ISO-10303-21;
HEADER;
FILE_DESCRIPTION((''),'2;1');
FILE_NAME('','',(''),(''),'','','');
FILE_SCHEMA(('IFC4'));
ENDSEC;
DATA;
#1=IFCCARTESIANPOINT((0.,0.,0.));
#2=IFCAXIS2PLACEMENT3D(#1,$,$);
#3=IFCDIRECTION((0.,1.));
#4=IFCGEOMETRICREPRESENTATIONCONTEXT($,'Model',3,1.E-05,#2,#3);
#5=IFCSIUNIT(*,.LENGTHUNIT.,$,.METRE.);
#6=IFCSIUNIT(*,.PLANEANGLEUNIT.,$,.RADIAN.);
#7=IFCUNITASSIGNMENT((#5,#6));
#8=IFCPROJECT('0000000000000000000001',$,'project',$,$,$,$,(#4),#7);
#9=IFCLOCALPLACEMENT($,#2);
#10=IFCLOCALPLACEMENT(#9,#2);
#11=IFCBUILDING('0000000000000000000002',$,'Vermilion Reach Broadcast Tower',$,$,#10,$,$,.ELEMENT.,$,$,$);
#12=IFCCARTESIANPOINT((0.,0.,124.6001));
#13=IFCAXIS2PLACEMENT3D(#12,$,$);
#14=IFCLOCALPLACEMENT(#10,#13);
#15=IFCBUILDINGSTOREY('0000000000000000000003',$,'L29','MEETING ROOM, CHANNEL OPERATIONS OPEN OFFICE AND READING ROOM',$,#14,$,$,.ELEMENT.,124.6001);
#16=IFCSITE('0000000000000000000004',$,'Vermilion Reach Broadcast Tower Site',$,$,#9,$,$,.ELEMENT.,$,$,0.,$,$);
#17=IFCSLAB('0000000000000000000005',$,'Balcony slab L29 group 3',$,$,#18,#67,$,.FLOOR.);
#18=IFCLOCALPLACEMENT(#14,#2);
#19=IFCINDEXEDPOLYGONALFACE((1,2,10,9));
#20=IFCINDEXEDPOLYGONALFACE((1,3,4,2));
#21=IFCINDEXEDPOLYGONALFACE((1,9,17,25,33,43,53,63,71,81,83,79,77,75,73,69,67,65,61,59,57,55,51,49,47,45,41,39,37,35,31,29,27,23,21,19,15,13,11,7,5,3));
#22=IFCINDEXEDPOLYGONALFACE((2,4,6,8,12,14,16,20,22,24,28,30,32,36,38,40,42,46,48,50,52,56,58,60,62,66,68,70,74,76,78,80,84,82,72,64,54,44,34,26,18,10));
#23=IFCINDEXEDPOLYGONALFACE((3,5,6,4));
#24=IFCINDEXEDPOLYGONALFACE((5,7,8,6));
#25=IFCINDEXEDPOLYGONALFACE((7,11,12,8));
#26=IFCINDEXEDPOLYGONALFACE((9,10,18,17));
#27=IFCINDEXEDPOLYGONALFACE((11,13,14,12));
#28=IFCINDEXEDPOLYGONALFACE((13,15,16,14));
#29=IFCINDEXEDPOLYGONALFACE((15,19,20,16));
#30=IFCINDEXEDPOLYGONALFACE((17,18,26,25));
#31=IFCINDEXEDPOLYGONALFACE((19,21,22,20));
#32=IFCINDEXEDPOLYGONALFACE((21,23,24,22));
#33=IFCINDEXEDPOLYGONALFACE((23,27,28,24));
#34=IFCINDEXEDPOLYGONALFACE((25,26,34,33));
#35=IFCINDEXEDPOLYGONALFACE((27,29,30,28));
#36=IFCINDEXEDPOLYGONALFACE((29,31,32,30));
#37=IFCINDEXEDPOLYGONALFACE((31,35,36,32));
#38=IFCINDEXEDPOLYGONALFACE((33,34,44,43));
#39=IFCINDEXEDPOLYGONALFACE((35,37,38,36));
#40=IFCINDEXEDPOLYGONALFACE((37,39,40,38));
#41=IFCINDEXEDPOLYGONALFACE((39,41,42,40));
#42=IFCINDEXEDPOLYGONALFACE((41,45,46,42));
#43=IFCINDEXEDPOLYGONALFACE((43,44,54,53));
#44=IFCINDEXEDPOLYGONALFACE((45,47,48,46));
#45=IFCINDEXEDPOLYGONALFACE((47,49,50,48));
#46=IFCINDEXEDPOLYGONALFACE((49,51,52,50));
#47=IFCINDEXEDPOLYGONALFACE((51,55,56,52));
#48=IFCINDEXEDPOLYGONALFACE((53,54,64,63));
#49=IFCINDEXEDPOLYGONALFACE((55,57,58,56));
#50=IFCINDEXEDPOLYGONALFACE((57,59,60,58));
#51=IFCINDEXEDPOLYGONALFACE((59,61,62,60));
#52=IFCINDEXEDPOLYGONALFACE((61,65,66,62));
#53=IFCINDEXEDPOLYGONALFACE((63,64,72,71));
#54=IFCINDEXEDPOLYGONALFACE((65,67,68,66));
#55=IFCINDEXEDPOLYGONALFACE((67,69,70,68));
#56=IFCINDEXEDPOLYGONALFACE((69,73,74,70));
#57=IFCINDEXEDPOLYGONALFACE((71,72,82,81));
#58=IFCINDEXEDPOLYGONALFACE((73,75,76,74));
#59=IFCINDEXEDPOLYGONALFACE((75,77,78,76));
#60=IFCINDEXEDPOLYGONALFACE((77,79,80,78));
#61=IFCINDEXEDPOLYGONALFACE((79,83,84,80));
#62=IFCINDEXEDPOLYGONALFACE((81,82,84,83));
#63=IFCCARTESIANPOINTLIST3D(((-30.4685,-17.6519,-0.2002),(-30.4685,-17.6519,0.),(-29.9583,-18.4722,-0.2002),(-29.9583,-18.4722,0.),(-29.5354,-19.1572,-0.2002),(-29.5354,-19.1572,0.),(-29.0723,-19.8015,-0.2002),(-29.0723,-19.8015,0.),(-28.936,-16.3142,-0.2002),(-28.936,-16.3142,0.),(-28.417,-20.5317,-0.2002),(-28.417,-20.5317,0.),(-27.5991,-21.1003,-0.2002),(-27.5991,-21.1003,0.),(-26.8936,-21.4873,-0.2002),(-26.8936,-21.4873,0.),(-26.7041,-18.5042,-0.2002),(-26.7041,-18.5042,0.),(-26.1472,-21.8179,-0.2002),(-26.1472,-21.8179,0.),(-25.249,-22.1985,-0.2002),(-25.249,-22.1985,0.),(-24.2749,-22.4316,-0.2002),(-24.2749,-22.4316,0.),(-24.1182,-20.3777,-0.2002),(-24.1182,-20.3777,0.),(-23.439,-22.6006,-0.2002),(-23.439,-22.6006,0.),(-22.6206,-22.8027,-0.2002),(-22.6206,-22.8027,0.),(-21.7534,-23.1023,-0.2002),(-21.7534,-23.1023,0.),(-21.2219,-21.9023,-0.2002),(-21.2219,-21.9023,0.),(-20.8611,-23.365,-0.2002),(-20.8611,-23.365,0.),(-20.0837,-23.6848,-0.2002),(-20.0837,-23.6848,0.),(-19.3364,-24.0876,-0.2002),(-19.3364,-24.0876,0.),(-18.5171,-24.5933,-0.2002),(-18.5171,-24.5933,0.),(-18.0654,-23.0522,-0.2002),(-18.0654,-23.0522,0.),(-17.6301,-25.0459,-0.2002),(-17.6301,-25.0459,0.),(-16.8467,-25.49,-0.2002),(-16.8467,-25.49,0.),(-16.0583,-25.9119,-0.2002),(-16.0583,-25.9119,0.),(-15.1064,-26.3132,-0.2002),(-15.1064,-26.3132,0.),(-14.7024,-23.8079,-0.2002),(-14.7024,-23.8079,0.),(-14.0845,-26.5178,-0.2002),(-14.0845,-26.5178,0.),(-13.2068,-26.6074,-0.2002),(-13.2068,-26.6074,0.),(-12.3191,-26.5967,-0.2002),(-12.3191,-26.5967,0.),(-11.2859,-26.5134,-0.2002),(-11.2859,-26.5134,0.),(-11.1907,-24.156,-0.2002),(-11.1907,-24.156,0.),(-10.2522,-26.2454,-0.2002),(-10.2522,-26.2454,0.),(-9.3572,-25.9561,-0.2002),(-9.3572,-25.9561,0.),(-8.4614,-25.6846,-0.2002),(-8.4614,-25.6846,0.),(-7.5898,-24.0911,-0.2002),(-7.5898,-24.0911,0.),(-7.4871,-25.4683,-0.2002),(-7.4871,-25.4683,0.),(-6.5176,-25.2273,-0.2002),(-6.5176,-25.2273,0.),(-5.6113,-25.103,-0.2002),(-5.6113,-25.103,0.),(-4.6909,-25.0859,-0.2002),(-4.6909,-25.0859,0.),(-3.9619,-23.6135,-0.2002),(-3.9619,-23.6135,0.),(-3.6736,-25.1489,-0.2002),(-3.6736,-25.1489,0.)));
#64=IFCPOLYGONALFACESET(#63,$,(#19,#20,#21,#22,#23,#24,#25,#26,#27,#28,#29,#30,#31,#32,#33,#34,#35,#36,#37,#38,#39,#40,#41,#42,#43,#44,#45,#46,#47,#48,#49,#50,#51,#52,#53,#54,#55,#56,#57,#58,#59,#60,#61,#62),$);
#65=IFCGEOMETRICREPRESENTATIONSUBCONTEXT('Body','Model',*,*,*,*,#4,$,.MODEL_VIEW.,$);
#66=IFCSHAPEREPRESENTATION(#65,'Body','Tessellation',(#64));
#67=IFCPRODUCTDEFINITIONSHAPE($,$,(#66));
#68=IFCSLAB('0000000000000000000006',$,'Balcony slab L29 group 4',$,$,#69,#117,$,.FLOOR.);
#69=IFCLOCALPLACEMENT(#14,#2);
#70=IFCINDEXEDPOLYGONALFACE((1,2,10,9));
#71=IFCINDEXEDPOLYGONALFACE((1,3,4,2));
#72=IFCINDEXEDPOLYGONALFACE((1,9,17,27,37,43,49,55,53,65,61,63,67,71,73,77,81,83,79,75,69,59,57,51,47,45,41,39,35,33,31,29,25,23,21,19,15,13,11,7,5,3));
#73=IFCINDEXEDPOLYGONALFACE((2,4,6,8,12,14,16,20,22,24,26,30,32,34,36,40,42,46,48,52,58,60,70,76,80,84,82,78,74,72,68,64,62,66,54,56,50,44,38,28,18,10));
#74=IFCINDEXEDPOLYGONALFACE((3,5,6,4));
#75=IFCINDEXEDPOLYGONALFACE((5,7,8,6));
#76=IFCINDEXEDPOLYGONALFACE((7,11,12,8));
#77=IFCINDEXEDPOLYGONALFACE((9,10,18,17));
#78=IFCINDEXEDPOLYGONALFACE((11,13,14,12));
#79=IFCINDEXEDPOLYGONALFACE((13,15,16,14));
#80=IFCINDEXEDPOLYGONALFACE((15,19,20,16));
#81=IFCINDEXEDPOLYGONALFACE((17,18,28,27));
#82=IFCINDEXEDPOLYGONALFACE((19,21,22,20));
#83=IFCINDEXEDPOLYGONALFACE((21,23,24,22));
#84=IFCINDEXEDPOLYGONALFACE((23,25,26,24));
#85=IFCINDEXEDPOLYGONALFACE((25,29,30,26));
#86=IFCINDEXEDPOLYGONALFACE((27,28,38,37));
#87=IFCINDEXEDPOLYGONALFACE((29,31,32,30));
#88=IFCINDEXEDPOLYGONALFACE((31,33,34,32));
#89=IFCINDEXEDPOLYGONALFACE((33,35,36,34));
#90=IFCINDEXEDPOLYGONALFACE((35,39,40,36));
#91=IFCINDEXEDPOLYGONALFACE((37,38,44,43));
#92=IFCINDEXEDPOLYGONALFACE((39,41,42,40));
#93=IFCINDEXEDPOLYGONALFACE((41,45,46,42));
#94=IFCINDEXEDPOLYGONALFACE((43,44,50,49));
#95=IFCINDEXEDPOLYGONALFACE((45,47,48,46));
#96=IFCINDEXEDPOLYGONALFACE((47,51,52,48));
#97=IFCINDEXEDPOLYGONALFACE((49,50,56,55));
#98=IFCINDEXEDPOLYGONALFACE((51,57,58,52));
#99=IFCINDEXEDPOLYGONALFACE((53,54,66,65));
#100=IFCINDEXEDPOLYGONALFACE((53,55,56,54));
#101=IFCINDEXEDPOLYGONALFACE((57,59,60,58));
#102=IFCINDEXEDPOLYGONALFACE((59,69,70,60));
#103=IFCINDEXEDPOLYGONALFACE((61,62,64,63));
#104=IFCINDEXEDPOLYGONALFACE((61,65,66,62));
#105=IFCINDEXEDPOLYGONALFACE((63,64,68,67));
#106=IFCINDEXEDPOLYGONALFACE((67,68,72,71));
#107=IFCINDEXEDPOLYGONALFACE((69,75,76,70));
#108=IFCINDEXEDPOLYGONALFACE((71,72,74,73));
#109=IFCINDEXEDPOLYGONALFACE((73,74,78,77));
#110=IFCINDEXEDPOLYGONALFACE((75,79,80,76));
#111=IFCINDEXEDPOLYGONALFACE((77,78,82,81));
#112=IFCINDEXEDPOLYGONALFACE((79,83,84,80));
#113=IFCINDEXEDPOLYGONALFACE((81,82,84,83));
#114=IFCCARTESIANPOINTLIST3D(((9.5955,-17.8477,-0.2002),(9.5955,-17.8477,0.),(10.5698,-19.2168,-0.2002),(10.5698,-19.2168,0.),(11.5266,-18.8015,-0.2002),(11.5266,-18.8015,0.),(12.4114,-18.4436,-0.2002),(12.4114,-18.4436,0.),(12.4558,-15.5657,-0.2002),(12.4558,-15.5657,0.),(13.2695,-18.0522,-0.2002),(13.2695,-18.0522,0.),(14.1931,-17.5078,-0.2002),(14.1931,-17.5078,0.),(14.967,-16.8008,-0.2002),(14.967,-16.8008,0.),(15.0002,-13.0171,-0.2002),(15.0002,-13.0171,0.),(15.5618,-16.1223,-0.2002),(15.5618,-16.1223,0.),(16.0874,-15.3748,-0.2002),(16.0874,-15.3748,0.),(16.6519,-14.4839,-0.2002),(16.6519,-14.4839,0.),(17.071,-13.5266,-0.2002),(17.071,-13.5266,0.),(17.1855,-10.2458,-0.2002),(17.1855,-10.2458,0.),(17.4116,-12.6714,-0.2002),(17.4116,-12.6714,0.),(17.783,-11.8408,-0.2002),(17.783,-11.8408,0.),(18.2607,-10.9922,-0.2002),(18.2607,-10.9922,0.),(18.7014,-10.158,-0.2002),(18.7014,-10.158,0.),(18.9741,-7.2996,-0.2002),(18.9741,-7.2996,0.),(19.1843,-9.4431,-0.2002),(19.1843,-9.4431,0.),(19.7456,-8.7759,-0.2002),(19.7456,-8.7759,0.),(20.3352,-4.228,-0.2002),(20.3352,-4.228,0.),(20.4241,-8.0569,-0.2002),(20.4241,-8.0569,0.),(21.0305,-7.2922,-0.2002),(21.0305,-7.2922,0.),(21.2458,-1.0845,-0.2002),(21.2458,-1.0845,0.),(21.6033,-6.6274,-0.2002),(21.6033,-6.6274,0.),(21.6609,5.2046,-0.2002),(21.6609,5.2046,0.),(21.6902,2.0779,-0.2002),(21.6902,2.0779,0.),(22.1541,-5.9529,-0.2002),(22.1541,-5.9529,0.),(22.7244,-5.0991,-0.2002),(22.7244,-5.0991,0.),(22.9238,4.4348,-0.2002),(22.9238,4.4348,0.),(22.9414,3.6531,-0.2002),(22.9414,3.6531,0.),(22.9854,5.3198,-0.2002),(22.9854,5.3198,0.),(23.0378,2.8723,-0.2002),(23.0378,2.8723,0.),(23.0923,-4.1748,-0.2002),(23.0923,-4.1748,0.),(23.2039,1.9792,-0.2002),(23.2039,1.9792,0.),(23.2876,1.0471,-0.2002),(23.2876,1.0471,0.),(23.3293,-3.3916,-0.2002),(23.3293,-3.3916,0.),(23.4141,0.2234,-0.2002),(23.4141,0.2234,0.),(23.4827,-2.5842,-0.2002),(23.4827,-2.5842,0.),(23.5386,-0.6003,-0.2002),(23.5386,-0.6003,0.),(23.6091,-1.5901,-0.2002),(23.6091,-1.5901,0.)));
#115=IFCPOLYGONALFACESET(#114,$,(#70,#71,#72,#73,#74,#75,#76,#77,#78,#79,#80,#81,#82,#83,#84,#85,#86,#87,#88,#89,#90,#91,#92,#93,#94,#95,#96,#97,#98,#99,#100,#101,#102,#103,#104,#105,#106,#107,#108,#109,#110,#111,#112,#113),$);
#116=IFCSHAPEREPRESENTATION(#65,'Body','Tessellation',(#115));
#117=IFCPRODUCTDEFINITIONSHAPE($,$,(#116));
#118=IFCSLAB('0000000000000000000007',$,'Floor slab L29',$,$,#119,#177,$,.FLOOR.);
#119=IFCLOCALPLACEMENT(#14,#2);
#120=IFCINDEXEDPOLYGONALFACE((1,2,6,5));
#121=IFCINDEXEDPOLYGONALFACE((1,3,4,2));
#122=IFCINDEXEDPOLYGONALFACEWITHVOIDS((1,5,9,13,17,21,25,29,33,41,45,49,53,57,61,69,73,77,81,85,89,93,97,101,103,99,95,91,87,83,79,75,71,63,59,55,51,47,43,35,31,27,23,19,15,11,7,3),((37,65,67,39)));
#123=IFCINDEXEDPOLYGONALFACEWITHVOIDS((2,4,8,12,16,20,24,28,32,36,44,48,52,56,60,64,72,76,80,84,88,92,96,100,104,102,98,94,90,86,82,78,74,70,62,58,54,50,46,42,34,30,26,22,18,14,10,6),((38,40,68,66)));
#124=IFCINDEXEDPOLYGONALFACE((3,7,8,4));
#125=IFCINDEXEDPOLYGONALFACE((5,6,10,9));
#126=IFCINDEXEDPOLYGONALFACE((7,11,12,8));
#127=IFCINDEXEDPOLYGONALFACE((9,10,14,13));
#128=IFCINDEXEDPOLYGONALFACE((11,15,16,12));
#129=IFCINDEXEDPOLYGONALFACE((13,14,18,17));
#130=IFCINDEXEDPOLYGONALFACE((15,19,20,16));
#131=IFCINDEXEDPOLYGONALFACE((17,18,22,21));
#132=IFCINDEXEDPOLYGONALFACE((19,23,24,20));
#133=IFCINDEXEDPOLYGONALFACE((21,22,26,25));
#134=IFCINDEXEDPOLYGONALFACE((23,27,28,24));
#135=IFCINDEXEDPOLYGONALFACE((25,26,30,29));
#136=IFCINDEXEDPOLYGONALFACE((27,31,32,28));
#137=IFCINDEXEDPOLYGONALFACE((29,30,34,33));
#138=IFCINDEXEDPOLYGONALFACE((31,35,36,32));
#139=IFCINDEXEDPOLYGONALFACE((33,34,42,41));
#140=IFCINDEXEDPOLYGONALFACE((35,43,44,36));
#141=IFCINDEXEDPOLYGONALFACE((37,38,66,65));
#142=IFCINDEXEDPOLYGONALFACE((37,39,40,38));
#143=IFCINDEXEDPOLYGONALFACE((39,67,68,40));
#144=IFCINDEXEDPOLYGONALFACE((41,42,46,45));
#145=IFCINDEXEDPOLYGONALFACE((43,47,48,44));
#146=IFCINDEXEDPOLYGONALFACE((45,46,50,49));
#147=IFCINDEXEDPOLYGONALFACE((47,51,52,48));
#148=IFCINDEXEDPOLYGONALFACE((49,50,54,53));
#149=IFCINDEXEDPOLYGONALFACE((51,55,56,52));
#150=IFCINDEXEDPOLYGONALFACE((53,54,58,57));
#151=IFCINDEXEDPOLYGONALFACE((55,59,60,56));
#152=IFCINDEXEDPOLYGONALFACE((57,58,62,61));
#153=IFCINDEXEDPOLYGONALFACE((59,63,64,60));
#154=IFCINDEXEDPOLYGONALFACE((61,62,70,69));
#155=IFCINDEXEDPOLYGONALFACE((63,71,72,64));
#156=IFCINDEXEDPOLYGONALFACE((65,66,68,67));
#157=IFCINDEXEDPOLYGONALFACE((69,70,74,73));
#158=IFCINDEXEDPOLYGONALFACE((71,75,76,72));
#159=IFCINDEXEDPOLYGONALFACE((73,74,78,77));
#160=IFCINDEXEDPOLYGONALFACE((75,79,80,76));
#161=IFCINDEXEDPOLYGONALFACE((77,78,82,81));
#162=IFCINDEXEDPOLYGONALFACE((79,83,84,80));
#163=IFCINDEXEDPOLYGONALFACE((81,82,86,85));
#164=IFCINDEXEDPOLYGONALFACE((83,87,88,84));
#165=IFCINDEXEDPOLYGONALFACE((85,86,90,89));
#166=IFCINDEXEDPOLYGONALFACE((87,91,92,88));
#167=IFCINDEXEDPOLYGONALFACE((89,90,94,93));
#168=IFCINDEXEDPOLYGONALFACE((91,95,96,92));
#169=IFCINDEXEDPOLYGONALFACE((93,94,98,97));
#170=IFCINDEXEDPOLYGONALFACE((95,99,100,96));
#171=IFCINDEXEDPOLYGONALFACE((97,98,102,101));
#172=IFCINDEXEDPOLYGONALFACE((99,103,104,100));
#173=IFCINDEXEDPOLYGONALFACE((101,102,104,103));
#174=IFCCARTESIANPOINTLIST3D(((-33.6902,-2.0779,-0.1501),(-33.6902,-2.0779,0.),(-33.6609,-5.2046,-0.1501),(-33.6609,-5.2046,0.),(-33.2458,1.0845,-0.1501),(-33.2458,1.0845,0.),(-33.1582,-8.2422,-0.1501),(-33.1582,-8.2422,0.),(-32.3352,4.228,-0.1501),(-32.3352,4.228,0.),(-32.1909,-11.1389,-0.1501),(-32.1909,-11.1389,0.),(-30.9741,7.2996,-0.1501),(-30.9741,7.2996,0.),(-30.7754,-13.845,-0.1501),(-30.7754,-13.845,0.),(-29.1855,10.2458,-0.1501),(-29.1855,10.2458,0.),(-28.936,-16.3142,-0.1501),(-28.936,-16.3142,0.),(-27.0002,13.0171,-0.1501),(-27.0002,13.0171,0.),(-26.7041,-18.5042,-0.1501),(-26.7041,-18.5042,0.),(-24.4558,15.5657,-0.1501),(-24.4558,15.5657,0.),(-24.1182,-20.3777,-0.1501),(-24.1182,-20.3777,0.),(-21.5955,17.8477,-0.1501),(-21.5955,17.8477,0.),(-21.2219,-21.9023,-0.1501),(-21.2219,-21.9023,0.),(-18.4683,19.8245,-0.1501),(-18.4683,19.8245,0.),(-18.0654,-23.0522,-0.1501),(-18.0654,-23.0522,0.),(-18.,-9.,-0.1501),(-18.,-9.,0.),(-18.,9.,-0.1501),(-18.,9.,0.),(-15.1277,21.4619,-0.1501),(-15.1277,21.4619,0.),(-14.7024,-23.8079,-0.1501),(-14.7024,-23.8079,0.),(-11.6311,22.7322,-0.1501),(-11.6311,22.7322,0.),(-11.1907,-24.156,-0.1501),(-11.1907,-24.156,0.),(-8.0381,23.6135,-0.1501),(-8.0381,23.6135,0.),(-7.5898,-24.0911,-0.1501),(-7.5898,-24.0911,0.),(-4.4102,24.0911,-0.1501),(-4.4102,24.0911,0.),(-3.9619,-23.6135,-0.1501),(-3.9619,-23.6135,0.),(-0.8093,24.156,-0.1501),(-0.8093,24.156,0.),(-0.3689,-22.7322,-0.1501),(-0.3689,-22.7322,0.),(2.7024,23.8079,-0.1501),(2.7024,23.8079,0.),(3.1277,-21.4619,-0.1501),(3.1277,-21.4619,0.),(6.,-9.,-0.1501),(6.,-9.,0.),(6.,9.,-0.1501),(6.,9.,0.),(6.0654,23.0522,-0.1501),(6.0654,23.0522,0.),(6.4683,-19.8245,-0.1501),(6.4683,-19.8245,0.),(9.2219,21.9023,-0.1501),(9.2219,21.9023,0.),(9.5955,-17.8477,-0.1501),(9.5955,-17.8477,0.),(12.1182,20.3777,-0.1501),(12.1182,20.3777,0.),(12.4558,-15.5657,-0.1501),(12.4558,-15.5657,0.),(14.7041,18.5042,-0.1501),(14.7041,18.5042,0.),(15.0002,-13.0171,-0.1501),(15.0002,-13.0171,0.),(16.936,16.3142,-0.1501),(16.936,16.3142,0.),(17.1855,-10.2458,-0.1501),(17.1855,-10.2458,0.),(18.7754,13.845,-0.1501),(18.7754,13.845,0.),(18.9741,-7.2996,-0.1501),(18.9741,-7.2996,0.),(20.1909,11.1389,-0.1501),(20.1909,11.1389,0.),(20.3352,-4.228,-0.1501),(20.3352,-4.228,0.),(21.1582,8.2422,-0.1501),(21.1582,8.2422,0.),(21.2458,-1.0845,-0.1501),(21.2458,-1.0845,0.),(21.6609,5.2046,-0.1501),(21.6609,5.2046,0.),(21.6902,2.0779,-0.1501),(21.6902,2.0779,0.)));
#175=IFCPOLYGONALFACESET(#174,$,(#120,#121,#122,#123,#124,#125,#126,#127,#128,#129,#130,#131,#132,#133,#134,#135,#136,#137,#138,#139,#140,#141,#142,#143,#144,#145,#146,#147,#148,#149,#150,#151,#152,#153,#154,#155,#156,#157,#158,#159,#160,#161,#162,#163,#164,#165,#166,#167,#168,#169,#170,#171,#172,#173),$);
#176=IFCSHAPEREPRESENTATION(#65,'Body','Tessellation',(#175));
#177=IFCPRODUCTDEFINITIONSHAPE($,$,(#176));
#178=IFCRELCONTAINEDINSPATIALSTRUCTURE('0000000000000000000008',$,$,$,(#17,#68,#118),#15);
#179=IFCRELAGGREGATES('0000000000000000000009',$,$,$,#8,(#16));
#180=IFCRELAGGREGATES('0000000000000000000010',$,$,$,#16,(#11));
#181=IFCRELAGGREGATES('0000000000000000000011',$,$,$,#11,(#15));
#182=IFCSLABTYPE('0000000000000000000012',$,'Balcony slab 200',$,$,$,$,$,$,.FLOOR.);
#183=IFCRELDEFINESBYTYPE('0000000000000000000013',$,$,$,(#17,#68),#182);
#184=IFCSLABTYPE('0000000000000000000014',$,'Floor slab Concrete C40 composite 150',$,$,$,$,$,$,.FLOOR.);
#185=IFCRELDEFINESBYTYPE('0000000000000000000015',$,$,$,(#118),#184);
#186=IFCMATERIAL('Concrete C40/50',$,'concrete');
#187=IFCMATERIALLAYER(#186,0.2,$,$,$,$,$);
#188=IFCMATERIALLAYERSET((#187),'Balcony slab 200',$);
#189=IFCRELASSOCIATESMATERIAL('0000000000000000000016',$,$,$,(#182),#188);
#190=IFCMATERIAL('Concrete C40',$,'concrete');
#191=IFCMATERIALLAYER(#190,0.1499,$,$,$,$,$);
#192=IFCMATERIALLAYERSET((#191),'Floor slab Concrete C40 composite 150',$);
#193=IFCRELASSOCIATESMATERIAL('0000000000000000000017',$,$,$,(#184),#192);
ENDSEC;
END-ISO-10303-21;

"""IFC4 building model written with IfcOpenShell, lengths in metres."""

from ifc_helpers import new_model, si_unit, direction, frame, origin, place, context, subcontext, project, spatial, polyline, outline, extrude, material, layer, layer_set, type_object, element, save


model = new_model("IFC4")

# Units and contexts
model_context = context("Model", 3, precision=1e-05, world=origin(), true_north=direction((0.0, 1.0)))
body_context = subcontext(model_context, "Body", "Model", "MODEL_VIEW")
ifc_project = project(units=[si_unit("LENGTHUNIT", "METRE"), si_unit("PLANEANGLEUNIT", "RADIAN")], contexts=[model_context])

# Site, building, storey
site_placement = place(None, origin())
site = spatial("IfcSite", under=ifc_project, at=site_placement, Name="Vermilion Reach Broadcast Tower Site", CompositionType="ELEMENT", RefElevation=0.0)
building_placement = place(site_placement, origin())
building = spatial("IfcBuilding", under=site, at=building_placement, Name="Vermilion Reach Broadcast Tower", CompositionType="ELEMENT")
storey_placement = place(building_placement, frame((0.0, 0.0, 124.6001)))
storey = spatial("IfcBuildingStorey", under=building, at=storey_placement, Name="L29", Description="MEETING ROOM, CHANNEL OPERATIONS OPEN OFFICE AND READING ROOM", CompositionType="ELEMENT", Elevation=124.6001)

# Slabs
ifc_material_1 = material(Name="Concrete C40/50", Category="concrete")
ifc_layer_1 = layer(ifc_material_1, 0.2)
ifc_layer_set_1 = layer_set([ifc_layer_1], Name="Balcony slab 200")
slab_type_1 = type_object("IfcSlabType", Name="Balcony slab 200", PredefinedType="FLOOR", material=ifc_layer_set_1)
placement_1 = place(storey_placement, frame((0.0, 0.0, -0.2002)))
element("IfcSlab", 1, at=placement_1, inside=storey, type_object=slab_type_1, Name="Balcony slab L29 group 3", PredefinedType="FLOOR", context=body_context, shape_type="SweptSolid", body=[
    extrude(outline(polyline([(-28.936, -16.3142), (-26.7041, -18.5042), (-24.1182, -20.3777), (-21.2219, -21.9023), (-18.0654, -23.0522), (-14.7024, -23.8079), (-11.1907, -24.156), (-7.5898, -24.0911), (-3.9619, -23.6135), (-3.6736, -25.1489), (-4.6909, -25.0859), (-5.6113, -25.103), (-6.5176, -25.2273), (-7.4871, -25.4683), (-8.4614, -25.6846), (-9.3572, -25.9561), (-10.2522, -26.2454), (-11.2859, -26.5134), (-12.3191, -26.5967), (-13.2068, -26.6074), (-14.0845, -26.5178), (-15.1064, -26.3132), (-16.0583, -25.9119), (-16.8467, -25.49), (-17.6301, -25.0459), (-18.5171, -24.5933), (-19.3364, -24.0876), (-20.0837, -23.6848), (-20.8611, -23.365), (-21.7534, -23.1023), (-22.6206, -22.8027), (-23.439, -22.6006), (-24.2749, -22.4316), (-25.249, -22.1985), (-26.1472, -21.8179), (-26.8936, -21.4873), (-27.5991, -21.1003), (-28.417, -20.5317), (-29.0723, -19.8015), (-29.5354, -19.1572), (-29.9583, -18.4722), (-30.4685, -17.6519), (-28.936, -16.3142)])), origin(), (0.0, 0.0, 1.0), 0.2002),
])
element("IfcSlab", 2, at=placement_1, inside=storey, type_object=slab_type_1, Name="Balcony slab L29 group 4", PredefinedType="FLOOR", context=body_context, shape_type="SweptSolid", body=[
    extrude(outline(polyline([(9.5955, -17.8477), (12.4558, -15.5657), (15.0002, -13.0171), (17.1855, -10.2458), (18.9741, -7.2996), (20.3352, -4.228), (21.2458, -1.0845), (21.6902, 2.0779), (21.6609, 5.2046), (22.9854, 5.3198), (22.9238, 4.4348), (22.9414, 3.6531), (23.0378, 2.8723), (23.2039, 1.9792), (23.2876, 1.0471), (23.4141, 0.2234), (23.5386, -0.6003), (23.6091, -1.5901), (23.4827, -2.5842), (23.3293, -3.3916), (23.0923, -4.1748), (22.7244, -5.0991), (22.1541, -5.9529), (21.6033, -6.6274), (21.0305, -7.2922), (20.4241, -8.0569), (19.7456, -8.7759), (19.1843, -9.4431), (18.7014, -10.158), (18.2607, -10.9922), (17.783, -11.8408), (17.4116, -12.6714), (17.071, -13.5266), (16.6519, -14.4839), (16.0874, -15.3748), (15.5618, -16.1223), (14.967, -16.8008), (14.1931, -17.5078), (13.2695, -18.0522), (12.4114, -18.4436), (11.5266, -18.8015), (10.5698, -19.2168), (9.5955, -17.8477)])), origin(), (0.0, 0.0, 1.0), 0.2002),
])
ifc_material_2 = material(Name="Concrete C40", Category="concrete")
ifc_layer_2 = layer(ifc_material_2, 0.1499)
ifc_layer_set_2 = layer_set([ifc_layer_2], Name="Floor slab Concrete C40 composite 150")
slab_type_2 = type_object("IfcSlabType", Name="Floor slab Concrete C40 composite 150", PredefinedType="FLOOR", material=ifc_layer_set_2)
slab_1_placement = place(storey_placement, frame((0.0, 0.0, -0.1501)))
element("IfcSlab", 3, at=slab_1_placement, inside=storey, type_object=slab_type_2, Name="Floor slab L29", PredefinedType="FLOOR", context=body_context, shape_type="SweptSolid", body=[
    extrude(outline(polyline([(20.1909, 11.1389), (18.7754, 13.845), (16.936, 16.3142), (14.7041, 18.5042), (12.1182, 20.3777), (9.2219, 21.9023), (6.0654, 23.0522), (2.7024, 23.8079), (-0.8093, 24.156), (-4.4102, 24.0911), (-8.0381, 23.6135), (-11.6311, 22.7322), (-15.1277, 21.4619), (-18.4683, 19.8245), (-21.5955, 17.8477), (-24.4558, 15.5657), (-27.0002, 13.0171), (-29.1855, 10.2458), (-30.9741, 7.2996), (-32.3352, 4.228), (-33.2458, 1.0845), (-33.6902, -2.0779), (-33.6609, -5.2046), (-33.1582, -8.2422), (-32.1909, -11.1389), (-30.7754, -13.845), (-28.936, -16.3142), (-26.7041, -18.5042), (-24.1182, -20.3777), (-21.2219, -21.9023), (-18.0654, -23.0522), (-14.7024, -23.8079), (-11.1907, -24.156), (-7.5898, -24.0911), (-3.9619, -23.6135), (-0.3689, -22.7322), (3.1277, -21.4619), (6.4683, -19.8245), (9.5955, -17.8477), (12.4558, -15.5657), (15.0002, -13.0171), (17.1855, -10.2458), (18.9741, -7.2996), (20.3352, -4.228), (21.2458, -1.0845), (21.6902, 2.0779), (21.6609, 5.2046), (21.1582, 8.2422), (20.1909, 11.1389)]), holes=[polyline([(-18.0, -9.0), (6.0, -9.0), (6.0, 9.0), (-18.0, 9.0), (-18.0, -9.0)])]), origin(), (0.0, 0.0, 1.0), 0.1501),
])

save(model, "model.ifc")
